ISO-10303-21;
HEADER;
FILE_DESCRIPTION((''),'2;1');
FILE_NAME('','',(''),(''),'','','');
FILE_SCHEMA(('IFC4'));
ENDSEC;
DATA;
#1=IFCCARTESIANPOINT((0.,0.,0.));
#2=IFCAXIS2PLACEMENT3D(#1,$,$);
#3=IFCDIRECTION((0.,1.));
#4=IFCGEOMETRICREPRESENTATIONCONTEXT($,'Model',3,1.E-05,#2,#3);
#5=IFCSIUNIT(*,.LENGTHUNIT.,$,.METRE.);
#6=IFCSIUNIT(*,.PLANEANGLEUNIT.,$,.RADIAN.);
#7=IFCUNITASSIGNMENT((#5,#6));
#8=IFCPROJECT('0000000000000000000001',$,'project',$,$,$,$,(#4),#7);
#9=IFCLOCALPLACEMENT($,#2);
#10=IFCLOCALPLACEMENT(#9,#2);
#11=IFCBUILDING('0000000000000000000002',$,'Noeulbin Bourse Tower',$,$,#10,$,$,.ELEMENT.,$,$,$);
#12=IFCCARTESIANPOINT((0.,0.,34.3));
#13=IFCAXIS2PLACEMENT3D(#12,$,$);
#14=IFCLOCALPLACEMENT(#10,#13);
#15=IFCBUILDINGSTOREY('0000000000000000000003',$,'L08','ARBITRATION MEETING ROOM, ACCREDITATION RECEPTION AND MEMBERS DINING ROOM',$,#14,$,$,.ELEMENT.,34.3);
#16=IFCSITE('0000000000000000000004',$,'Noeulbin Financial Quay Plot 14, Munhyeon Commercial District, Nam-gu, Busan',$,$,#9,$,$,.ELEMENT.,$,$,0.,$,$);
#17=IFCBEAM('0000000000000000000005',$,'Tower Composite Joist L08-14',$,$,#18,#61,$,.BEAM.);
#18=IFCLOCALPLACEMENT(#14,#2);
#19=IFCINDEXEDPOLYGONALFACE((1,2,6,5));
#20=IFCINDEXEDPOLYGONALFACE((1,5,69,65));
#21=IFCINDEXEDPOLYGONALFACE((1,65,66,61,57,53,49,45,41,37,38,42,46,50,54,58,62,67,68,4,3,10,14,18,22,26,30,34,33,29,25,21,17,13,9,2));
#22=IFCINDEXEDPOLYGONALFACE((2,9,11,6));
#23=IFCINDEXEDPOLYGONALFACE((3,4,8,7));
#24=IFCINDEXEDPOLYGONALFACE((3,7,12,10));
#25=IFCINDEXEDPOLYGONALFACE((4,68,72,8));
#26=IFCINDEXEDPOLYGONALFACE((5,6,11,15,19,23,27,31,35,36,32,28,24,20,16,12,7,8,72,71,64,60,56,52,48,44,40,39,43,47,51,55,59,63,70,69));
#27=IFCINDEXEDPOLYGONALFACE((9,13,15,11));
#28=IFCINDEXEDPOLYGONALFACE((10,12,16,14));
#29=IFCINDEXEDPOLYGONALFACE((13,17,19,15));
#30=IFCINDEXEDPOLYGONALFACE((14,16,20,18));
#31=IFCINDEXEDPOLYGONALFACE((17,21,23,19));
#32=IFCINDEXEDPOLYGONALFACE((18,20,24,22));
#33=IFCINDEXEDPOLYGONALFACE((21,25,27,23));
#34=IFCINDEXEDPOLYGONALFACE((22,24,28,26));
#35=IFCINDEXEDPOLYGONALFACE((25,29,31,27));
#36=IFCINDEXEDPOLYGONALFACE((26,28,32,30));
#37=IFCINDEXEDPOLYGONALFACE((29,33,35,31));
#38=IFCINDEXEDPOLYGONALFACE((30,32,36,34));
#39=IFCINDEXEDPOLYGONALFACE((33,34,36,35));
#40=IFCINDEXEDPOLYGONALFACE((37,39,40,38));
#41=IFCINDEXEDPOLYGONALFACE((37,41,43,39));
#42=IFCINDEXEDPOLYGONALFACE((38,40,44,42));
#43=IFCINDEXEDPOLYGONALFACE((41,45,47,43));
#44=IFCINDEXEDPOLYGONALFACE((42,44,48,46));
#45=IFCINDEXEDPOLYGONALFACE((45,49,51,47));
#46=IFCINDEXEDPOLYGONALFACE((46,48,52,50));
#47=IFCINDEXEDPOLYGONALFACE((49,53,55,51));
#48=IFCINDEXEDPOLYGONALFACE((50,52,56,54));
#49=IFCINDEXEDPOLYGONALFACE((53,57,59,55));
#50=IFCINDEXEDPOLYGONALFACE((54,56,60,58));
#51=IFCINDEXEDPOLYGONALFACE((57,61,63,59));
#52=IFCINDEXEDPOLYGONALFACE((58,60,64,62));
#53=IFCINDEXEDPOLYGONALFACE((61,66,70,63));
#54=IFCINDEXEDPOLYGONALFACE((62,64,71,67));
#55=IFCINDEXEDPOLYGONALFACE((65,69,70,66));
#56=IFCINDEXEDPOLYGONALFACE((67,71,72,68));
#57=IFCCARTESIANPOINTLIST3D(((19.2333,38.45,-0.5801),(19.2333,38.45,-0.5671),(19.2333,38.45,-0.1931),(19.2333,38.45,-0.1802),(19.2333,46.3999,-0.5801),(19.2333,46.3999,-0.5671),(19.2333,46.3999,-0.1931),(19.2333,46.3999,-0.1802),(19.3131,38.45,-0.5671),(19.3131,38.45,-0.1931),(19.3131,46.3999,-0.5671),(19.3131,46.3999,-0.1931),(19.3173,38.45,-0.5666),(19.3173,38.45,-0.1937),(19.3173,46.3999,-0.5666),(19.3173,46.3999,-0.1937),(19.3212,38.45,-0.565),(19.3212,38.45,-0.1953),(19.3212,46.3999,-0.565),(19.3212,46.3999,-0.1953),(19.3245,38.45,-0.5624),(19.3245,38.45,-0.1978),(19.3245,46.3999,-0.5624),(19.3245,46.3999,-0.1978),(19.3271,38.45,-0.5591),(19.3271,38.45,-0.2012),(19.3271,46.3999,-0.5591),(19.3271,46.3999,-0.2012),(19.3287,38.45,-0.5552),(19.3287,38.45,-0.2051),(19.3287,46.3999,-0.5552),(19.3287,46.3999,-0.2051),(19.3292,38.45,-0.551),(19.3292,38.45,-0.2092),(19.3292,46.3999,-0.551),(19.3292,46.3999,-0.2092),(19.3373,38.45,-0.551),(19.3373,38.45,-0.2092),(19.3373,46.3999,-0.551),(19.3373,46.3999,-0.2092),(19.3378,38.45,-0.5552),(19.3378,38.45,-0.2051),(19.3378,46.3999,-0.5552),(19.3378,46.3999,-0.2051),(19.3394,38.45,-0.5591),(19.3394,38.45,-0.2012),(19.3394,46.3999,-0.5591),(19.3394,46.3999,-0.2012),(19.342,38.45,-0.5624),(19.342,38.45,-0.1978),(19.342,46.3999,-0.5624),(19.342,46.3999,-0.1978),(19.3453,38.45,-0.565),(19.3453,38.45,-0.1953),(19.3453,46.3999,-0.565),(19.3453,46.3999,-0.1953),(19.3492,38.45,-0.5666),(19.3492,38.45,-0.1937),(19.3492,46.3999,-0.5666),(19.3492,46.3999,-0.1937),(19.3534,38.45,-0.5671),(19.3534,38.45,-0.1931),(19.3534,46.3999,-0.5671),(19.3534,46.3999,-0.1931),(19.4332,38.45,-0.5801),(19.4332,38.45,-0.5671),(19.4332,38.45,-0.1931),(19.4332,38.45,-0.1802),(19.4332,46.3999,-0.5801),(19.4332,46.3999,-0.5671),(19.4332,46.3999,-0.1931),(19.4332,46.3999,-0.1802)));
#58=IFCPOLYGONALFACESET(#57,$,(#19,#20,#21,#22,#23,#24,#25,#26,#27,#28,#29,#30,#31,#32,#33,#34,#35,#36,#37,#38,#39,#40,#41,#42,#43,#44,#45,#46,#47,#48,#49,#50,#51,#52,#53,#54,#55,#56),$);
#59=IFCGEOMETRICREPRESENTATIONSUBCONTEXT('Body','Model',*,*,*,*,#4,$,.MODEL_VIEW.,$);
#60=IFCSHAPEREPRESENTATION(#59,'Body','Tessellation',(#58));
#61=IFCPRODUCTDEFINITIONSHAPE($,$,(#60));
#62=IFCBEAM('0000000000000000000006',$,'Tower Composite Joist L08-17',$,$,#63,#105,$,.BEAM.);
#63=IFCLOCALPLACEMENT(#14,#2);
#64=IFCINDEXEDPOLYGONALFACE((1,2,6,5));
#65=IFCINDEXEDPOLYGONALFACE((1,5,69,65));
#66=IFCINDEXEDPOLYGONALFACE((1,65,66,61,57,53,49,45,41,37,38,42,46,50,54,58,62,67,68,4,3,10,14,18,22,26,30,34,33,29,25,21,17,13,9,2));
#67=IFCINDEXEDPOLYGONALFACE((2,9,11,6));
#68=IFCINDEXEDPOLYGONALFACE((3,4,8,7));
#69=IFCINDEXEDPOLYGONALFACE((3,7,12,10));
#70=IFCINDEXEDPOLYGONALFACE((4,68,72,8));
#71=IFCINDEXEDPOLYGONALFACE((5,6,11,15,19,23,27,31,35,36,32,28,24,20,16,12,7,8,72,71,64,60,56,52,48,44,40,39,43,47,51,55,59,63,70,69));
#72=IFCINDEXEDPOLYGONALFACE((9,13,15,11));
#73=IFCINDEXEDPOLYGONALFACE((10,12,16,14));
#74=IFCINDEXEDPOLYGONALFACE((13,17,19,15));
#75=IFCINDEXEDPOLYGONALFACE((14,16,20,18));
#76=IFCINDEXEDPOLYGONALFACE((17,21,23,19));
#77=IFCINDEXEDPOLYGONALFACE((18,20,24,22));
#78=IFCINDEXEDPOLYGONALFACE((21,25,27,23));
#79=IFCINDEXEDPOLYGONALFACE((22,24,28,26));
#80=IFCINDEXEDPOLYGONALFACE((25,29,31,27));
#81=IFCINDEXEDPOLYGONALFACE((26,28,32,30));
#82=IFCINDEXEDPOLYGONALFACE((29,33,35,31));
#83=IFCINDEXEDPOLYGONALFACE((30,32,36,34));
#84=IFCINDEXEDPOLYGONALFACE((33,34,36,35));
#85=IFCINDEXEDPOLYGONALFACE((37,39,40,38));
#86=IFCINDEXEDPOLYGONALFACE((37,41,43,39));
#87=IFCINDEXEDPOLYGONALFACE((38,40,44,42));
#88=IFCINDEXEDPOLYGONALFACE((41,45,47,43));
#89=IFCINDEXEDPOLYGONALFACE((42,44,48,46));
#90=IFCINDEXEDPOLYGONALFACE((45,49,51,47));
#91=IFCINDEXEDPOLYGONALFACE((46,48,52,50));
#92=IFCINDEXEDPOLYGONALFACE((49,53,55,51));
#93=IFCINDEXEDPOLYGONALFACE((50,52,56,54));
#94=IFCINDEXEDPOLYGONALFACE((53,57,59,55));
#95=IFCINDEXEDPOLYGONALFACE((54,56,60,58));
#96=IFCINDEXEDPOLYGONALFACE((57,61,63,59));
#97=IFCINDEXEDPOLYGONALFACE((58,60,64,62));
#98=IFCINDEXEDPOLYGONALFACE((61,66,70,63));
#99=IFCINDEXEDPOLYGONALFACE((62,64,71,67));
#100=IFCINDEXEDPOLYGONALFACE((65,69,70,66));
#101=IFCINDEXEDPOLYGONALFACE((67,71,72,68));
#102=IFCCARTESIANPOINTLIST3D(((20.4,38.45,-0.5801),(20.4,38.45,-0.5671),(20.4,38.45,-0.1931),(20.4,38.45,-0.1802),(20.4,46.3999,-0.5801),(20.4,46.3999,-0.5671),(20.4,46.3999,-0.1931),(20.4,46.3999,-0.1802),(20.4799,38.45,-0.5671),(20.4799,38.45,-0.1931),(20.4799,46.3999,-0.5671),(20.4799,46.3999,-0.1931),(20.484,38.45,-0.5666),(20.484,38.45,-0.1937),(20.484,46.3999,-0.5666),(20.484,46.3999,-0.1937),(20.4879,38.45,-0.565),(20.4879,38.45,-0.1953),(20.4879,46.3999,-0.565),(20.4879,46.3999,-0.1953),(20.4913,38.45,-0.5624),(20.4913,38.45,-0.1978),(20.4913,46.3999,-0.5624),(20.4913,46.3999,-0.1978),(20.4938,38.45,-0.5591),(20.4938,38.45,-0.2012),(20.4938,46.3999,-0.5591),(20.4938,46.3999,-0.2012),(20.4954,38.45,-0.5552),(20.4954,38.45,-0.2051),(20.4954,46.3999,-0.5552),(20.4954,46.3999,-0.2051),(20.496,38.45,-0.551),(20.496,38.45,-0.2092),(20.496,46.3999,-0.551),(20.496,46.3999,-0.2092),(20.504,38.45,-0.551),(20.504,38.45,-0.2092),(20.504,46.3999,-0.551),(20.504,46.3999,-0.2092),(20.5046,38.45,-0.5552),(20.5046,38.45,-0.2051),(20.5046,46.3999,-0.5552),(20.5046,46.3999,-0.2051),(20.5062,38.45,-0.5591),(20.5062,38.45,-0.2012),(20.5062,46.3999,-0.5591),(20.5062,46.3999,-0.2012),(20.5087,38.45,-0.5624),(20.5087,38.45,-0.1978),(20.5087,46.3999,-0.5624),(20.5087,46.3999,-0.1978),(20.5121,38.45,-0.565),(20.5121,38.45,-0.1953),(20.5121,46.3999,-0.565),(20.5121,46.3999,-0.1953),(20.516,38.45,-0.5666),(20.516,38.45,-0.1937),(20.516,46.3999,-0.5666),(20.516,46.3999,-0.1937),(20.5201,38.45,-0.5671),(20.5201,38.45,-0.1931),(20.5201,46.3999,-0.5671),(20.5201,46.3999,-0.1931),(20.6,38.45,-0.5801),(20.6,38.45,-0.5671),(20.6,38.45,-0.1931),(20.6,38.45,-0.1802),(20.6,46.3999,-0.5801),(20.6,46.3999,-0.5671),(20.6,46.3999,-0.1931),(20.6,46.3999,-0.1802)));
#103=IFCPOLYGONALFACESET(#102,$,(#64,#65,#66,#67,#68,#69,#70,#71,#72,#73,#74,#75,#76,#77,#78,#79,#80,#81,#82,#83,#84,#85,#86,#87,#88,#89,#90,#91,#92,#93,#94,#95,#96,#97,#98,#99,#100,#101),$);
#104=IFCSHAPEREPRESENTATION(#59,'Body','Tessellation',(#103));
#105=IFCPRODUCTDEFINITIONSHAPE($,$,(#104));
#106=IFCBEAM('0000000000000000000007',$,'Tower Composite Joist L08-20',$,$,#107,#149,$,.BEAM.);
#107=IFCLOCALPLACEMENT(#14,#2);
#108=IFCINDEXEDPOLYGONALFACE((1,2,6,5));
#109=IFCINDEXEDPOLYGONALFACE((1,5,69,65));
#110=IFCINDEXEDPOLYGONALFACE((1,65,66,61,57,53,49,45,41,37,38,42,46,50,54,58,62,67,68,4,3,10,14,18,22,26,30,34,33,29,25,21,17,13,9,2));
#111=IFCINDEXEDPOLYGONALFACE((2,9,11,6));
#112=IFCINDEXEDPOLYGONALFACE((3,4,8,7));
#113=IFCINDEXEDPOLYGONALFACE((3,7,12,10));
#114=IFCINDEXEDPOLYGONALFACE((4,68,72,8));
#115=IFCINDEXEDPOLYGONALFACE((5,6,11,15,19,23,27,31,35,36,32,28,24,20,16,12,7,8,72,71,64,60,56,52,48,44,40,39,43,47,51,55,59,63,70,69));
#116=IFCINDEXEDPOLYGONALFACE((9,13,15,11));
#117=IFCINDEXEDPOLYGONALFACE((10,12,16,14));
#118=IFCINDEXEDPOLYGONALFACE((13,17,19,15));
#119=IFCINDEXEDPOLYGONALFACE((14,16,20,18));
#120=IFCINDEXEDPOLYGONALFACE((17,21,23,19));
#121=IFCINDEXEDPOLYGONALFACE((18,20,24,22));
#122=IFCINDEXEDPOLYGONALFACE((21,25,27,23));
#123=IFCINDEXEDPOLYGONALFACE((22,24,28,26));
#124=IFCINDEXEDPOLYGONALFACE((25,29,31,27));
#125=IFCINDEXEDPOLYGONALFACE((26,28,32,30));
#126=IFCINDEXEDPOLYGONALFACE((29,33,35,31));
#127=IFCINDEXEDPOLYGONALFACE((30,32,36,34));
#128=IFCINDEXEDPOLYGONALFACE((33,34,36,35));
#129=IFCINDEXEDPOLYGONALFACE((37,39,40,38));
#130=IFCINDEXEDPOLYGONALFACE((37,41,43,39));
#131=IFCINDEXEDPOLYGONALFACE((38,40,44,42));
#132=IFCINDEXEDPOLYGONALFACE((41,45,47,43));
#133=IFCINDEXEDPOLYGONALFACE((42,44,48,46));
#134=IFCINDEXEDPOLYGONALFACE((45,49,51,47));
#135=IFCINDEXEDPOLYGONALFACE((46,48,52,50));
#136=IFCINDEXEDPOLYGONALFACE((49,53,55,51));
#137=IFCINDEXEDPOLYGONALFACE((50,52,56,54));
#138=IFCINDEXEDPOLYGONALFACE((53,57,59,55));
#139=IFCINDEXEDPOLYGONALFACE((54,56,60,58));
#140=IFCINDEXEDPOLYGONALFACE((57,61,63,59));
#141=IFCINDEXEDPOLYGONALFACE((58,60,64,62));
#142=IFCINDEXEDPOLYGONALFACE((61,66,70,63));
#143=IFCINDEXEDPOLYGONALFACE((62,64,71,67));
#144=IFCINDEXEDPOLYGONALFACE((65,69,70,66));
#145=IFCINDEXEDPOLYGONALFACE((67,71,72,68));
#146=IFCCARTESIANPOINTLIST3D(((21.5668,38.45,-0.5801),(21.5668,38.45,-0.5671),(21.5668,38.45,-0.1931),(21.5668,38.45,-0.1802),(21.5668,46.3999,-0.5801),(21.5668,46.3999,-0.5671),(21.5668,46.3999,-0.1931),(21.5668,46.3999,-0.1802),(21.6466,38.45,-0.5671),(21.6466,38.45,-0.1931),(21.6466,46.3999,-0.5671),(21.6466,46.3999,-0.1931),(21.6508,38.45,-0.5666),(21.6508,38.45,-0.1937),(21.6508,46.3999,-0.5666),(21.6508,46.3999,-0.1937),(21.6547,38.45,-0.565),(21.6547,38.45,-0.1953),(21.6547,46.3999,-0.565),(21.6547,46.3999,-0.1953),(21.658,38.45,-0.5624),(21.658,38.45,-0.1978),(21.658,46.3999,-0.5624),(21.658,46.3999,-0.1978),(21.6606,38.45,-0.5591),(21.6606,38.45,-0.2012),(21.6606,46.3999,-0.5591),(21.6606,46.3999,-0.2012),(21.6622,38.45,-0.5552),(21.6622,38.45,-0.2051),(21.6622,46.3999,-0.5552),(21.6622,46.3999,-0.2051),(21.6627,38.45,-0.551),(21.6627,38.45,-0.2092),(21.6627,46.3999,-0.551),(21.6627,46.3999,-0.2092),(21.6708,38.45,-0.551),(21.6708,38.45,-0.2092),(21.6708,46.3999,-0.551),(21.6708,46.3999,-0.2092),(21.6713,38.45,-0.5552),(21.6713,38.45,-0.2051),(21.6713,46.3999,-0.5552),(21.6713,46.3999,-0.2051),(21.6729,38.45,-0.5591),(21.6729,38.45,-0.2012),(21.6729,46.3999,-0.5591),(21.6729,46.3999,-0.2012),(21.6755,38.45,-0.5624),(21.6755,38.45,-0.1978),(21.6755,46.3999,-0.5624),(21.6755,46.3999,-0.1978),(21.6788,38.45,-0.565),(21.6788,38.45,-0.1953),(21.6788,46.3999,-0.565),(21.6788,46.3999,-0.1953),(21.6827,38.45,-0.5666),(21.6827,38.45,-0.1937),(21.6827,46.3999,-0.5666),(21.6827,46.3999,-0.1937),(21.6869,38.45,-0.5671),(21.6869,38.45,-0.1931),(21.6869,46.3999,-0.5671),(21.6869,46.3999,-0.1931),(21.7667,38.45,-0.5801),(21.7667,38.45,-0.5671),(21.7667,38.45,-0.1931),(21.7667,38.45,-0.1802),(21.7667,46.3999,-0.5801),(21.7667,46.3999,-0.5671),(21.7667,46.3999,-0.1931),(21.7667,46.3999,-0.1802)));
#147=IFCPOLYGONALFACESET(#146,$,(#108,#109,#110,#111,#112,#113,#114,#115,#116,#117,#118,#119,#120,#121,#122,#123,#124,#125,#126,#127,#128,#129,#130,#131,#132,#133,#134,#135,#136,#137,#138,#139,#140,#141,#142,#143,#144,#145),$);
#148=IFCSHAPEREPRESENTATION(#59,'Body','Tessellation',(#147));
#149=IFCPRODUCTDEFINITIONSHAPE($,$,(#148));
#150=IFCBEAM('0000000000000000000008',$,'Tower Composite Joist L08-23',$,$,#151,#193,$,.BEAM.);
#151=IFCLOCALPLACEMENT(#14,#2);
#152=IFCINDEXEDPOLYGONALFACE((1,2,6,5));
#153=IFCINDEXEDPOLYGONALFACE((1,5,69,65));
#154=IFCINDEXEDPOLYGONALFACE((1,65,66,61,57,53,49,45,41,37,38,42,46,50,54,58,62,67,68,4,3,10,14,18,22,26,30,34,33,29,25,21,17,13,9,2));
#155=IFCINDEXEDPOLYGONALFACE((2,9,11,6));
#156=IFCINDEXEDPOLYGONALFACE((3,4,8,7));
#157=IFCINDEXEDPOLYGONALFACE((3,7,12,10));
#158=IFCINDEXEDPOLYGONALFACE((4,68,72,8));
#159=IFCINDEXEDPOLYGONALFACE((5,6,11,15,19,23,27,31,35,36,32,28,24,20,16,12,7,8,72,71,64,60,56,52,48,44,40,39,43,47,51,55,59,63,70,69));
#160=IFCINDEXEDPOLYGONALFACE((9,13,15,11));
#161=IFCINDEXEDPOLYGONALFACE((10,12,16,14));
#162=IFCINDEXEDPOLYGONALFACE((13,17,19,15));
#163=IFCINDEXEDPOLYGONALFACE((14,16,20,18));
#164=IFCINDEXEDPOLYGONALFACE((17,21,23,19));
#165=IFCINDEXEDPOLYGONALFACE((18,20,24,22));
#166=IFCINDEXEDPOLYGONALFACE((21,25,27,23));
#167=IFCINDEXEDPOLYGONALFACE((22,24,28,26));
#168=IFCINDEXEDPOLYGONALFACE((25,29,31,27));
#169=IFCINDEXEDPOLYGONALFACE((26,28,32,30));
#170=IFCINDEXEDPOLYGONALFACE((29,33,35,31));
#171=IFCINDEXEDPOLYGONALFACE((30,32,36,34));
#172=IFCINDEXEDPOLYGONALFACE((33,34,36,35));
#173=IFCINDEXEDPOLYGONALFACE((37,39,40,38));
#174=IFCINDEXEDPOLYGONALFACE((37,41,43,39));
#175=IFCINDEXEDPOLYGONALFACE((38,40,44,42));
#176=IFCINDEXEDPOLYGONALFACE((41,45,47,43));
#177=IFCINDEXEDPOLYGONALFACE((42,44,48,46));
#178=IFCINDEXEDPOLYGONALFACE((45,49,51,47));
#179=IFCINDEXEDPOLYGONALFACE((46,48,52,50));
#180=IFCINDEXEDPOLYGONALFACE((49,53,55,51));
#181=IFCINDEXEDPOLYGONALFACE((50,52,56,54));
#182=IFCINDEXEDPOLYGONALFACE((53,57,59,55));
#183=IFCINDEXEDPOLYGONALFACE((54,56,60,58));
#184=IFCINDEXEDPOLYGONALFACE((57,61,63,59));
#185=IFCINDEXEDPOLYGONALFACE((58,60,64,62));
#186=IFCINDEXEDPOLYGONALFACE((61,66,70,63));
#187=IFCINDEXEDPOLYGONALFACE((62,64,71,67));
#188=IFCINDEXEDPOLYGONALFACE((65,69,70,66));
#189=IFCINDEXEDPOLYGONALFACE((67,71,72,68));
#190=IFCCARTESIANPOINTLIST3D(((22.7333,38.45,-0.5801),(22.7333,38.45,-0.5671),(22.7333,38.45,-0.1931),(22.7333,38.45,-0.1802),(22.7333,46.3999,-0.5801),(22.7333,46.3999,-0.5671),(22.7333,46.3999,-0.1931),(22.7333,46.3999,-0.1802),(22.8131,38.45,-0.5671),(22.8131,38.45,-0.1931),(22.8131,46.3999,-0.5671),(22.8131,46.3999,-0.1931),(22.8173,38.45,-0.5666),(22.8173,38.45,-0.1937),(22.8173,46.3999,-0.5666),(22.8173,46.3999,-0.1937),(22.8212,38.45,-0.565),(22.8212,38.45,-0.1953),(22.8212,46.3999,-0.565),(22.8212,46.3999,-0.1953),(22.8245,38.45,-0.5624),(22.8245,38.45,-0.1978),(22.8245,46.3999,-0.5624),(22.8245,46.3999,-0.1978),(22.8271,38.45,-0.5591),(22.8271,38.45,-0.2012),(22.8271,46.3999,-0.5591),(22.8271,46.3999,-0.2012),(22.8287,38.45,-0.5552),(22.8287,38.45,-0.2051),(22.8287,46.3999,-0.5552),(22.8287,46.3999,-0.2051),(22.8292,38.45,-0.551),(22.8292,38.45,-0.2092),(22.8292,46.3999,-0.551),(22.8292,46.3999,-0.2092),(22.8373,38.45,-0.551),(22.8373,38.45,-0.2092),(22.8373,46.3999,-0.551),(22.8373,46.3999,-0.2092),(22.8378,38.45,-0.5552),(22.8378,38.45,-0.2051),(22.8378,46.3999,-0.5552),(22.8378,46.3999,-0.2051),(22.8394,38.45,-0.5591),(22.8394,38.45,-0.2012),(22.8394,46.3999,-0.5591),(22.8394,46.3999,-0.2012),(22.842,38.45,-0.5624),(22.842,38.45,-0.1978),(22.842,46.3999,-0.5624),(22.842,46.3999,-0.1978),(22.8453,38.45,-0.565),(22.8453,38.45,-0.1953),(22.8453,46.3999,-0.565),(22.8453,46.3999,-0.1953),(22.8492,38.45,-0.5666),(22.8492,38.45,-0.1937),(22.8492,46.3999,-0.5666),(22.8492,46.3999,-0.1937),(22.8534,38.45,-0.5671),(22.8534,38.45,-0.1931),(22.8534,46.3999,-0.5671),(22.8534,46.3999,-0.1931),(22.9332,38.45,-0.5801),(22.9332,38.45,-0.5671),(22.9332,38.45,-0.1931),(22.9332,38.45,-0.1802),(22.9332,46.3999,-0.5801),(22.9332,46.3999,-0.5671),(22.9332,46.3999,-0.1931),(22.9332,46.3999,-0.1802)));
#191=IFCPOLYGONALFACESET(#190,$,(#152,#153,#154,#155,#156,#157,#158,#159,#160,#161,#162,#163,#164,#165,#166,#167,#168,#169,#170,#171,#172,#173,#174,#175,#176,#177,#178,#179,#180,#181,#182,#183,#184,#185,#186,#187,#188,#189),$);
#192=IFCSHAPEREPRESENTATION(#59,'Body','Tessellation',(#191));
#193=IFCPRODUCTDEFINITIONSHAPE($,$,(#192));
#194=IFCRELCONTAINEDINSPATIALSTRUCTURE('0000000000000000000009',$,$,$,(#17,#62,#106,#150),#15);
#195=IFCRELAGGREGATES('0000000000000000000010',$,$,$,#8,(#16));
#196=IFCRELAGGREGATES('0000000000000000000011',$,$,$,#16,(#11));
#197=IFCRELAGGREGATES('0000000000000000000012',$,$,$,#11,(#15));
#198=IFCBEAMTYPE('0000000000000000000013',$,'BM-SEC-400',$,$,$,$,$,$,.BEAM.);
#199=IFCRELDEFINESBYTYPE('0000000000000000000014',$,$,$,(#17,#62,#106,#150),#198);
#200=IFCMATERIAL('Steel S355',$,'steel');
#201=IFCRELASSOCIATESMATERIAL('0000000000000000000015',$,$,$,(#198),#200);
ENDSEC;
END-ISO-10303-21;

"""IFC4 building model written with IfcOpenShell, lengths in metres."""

from ifc_helpers import new_model, si_unit, direction, frame, origin, origin_2d, place, context, subcontext, project, spatial, i_section, extrude, material, material_profile, profile_set, type_object, element, save


model = new_model("IFC4")

# Units and contexts
model_context = context("Model", 3, precision=1e-05, world=origin(), true_north=direction((0.0, 1.0)))
body_context = subcontext(model_context, "Body", "Model", "MODEL_VIEW")
ifc_project = project(units=[si_unit("LENGTHUNIT", "METRE"), si_unit("PLANEANGLEUNIT", "RADIAN")], contexts=[model_context])

# Site, building, storey
site_placement = place(None, origin())
site = spatial("IfcSite", under=ifc_project, at=site_placement, Name="Noeulbin Financial Quay Plot 14, Munhyeon Commercial District, Nam-gu, Busan", CompositionType="ELEMENT", RefElevation=0.0)
building_placement = place(site_placement, origin())
building = spatial("IfcBuilding", under=site, at=building_placement, Name="Noeulbin Bourse Tower", CompositionType="ELEMENT")
storey_placement = place(building_placement, frame((0.0, 0.0, 34.3)))
storey = spatial("IfcBuildingStorey", under=building, at=storey_placement, Name="L08", Description="ARBITRATION MEETING ROOM, ACCREDITATION RECEPTION AND MEMBERS DINING ROOM", CompositionType="ELEMENT", Elevation=34.3)

# Beams
ifc_material_1 = material(Name="Steel S355", Category="steel")
ifc_material_profile_1 = material_profile(ifc_material_1, i_section(OverallWidth=0.2, OverallDepth=0.3999, WebThickness=0.0081, FlangeThickness=0.0129, FilletRadius=0.0161, at=origin_2d()), Name="H-400x200x8x13", Category="LoadBearing")
ifc_profile_set_1 = profile_set([ifc_material_profile_1], Name="Steel S355")
beam_type_1 = type_object("IfcBeamType", Name="BM-SEC-400", PredefinedType="BEAM", material=ifc_profile_set_1)
for number, where, z_axis, x_axis, name in (
    (1, (19.3333, 38.45, -0.3801), (0.0, 1.0, 0.0), (-1.0, 0.0, 0.0), "Tower Composite Joist L08-14"),
    (2, (20.5, 38.45, -0.3801), (0.0, 1.0, 0.0), (-1.0, 0.0, 0.0), "Tower Composite Joist L08-17"),
    (3, (21.6667, 38.45, -0.3801), (0.0, 1.0, 0.0), (-1.0, 0.0, 0.0), "Tower Composite Joist L08-20"),
    (4, (22.8333, 38.45, -0.3801), (0.0, 1.0, 0.0), (-1.0, 0.0, 0.0), "Tower Composite Joist L08-23"),
):
    element("IfcBeam", number, at=place(storey_placement, frame(where, z_axis=z_axis, x_axis=x_axis)), inside=storey, type_object=beam_type_1, Name=name, PredefinedType="BEAM", context=body_context, shape_type="SweptSolid", body=[
        extrude(i_section(OverallWidth=0.2, OverallDepth=0.3999, WebThickness=0.0081, FlangeThickness=0.0129, FilletRadius=0.0161, at=origin_2d()), origin(), (0.0, 0.0, 1.0), 7.95),
    ])

save(model, "model.ifc")
